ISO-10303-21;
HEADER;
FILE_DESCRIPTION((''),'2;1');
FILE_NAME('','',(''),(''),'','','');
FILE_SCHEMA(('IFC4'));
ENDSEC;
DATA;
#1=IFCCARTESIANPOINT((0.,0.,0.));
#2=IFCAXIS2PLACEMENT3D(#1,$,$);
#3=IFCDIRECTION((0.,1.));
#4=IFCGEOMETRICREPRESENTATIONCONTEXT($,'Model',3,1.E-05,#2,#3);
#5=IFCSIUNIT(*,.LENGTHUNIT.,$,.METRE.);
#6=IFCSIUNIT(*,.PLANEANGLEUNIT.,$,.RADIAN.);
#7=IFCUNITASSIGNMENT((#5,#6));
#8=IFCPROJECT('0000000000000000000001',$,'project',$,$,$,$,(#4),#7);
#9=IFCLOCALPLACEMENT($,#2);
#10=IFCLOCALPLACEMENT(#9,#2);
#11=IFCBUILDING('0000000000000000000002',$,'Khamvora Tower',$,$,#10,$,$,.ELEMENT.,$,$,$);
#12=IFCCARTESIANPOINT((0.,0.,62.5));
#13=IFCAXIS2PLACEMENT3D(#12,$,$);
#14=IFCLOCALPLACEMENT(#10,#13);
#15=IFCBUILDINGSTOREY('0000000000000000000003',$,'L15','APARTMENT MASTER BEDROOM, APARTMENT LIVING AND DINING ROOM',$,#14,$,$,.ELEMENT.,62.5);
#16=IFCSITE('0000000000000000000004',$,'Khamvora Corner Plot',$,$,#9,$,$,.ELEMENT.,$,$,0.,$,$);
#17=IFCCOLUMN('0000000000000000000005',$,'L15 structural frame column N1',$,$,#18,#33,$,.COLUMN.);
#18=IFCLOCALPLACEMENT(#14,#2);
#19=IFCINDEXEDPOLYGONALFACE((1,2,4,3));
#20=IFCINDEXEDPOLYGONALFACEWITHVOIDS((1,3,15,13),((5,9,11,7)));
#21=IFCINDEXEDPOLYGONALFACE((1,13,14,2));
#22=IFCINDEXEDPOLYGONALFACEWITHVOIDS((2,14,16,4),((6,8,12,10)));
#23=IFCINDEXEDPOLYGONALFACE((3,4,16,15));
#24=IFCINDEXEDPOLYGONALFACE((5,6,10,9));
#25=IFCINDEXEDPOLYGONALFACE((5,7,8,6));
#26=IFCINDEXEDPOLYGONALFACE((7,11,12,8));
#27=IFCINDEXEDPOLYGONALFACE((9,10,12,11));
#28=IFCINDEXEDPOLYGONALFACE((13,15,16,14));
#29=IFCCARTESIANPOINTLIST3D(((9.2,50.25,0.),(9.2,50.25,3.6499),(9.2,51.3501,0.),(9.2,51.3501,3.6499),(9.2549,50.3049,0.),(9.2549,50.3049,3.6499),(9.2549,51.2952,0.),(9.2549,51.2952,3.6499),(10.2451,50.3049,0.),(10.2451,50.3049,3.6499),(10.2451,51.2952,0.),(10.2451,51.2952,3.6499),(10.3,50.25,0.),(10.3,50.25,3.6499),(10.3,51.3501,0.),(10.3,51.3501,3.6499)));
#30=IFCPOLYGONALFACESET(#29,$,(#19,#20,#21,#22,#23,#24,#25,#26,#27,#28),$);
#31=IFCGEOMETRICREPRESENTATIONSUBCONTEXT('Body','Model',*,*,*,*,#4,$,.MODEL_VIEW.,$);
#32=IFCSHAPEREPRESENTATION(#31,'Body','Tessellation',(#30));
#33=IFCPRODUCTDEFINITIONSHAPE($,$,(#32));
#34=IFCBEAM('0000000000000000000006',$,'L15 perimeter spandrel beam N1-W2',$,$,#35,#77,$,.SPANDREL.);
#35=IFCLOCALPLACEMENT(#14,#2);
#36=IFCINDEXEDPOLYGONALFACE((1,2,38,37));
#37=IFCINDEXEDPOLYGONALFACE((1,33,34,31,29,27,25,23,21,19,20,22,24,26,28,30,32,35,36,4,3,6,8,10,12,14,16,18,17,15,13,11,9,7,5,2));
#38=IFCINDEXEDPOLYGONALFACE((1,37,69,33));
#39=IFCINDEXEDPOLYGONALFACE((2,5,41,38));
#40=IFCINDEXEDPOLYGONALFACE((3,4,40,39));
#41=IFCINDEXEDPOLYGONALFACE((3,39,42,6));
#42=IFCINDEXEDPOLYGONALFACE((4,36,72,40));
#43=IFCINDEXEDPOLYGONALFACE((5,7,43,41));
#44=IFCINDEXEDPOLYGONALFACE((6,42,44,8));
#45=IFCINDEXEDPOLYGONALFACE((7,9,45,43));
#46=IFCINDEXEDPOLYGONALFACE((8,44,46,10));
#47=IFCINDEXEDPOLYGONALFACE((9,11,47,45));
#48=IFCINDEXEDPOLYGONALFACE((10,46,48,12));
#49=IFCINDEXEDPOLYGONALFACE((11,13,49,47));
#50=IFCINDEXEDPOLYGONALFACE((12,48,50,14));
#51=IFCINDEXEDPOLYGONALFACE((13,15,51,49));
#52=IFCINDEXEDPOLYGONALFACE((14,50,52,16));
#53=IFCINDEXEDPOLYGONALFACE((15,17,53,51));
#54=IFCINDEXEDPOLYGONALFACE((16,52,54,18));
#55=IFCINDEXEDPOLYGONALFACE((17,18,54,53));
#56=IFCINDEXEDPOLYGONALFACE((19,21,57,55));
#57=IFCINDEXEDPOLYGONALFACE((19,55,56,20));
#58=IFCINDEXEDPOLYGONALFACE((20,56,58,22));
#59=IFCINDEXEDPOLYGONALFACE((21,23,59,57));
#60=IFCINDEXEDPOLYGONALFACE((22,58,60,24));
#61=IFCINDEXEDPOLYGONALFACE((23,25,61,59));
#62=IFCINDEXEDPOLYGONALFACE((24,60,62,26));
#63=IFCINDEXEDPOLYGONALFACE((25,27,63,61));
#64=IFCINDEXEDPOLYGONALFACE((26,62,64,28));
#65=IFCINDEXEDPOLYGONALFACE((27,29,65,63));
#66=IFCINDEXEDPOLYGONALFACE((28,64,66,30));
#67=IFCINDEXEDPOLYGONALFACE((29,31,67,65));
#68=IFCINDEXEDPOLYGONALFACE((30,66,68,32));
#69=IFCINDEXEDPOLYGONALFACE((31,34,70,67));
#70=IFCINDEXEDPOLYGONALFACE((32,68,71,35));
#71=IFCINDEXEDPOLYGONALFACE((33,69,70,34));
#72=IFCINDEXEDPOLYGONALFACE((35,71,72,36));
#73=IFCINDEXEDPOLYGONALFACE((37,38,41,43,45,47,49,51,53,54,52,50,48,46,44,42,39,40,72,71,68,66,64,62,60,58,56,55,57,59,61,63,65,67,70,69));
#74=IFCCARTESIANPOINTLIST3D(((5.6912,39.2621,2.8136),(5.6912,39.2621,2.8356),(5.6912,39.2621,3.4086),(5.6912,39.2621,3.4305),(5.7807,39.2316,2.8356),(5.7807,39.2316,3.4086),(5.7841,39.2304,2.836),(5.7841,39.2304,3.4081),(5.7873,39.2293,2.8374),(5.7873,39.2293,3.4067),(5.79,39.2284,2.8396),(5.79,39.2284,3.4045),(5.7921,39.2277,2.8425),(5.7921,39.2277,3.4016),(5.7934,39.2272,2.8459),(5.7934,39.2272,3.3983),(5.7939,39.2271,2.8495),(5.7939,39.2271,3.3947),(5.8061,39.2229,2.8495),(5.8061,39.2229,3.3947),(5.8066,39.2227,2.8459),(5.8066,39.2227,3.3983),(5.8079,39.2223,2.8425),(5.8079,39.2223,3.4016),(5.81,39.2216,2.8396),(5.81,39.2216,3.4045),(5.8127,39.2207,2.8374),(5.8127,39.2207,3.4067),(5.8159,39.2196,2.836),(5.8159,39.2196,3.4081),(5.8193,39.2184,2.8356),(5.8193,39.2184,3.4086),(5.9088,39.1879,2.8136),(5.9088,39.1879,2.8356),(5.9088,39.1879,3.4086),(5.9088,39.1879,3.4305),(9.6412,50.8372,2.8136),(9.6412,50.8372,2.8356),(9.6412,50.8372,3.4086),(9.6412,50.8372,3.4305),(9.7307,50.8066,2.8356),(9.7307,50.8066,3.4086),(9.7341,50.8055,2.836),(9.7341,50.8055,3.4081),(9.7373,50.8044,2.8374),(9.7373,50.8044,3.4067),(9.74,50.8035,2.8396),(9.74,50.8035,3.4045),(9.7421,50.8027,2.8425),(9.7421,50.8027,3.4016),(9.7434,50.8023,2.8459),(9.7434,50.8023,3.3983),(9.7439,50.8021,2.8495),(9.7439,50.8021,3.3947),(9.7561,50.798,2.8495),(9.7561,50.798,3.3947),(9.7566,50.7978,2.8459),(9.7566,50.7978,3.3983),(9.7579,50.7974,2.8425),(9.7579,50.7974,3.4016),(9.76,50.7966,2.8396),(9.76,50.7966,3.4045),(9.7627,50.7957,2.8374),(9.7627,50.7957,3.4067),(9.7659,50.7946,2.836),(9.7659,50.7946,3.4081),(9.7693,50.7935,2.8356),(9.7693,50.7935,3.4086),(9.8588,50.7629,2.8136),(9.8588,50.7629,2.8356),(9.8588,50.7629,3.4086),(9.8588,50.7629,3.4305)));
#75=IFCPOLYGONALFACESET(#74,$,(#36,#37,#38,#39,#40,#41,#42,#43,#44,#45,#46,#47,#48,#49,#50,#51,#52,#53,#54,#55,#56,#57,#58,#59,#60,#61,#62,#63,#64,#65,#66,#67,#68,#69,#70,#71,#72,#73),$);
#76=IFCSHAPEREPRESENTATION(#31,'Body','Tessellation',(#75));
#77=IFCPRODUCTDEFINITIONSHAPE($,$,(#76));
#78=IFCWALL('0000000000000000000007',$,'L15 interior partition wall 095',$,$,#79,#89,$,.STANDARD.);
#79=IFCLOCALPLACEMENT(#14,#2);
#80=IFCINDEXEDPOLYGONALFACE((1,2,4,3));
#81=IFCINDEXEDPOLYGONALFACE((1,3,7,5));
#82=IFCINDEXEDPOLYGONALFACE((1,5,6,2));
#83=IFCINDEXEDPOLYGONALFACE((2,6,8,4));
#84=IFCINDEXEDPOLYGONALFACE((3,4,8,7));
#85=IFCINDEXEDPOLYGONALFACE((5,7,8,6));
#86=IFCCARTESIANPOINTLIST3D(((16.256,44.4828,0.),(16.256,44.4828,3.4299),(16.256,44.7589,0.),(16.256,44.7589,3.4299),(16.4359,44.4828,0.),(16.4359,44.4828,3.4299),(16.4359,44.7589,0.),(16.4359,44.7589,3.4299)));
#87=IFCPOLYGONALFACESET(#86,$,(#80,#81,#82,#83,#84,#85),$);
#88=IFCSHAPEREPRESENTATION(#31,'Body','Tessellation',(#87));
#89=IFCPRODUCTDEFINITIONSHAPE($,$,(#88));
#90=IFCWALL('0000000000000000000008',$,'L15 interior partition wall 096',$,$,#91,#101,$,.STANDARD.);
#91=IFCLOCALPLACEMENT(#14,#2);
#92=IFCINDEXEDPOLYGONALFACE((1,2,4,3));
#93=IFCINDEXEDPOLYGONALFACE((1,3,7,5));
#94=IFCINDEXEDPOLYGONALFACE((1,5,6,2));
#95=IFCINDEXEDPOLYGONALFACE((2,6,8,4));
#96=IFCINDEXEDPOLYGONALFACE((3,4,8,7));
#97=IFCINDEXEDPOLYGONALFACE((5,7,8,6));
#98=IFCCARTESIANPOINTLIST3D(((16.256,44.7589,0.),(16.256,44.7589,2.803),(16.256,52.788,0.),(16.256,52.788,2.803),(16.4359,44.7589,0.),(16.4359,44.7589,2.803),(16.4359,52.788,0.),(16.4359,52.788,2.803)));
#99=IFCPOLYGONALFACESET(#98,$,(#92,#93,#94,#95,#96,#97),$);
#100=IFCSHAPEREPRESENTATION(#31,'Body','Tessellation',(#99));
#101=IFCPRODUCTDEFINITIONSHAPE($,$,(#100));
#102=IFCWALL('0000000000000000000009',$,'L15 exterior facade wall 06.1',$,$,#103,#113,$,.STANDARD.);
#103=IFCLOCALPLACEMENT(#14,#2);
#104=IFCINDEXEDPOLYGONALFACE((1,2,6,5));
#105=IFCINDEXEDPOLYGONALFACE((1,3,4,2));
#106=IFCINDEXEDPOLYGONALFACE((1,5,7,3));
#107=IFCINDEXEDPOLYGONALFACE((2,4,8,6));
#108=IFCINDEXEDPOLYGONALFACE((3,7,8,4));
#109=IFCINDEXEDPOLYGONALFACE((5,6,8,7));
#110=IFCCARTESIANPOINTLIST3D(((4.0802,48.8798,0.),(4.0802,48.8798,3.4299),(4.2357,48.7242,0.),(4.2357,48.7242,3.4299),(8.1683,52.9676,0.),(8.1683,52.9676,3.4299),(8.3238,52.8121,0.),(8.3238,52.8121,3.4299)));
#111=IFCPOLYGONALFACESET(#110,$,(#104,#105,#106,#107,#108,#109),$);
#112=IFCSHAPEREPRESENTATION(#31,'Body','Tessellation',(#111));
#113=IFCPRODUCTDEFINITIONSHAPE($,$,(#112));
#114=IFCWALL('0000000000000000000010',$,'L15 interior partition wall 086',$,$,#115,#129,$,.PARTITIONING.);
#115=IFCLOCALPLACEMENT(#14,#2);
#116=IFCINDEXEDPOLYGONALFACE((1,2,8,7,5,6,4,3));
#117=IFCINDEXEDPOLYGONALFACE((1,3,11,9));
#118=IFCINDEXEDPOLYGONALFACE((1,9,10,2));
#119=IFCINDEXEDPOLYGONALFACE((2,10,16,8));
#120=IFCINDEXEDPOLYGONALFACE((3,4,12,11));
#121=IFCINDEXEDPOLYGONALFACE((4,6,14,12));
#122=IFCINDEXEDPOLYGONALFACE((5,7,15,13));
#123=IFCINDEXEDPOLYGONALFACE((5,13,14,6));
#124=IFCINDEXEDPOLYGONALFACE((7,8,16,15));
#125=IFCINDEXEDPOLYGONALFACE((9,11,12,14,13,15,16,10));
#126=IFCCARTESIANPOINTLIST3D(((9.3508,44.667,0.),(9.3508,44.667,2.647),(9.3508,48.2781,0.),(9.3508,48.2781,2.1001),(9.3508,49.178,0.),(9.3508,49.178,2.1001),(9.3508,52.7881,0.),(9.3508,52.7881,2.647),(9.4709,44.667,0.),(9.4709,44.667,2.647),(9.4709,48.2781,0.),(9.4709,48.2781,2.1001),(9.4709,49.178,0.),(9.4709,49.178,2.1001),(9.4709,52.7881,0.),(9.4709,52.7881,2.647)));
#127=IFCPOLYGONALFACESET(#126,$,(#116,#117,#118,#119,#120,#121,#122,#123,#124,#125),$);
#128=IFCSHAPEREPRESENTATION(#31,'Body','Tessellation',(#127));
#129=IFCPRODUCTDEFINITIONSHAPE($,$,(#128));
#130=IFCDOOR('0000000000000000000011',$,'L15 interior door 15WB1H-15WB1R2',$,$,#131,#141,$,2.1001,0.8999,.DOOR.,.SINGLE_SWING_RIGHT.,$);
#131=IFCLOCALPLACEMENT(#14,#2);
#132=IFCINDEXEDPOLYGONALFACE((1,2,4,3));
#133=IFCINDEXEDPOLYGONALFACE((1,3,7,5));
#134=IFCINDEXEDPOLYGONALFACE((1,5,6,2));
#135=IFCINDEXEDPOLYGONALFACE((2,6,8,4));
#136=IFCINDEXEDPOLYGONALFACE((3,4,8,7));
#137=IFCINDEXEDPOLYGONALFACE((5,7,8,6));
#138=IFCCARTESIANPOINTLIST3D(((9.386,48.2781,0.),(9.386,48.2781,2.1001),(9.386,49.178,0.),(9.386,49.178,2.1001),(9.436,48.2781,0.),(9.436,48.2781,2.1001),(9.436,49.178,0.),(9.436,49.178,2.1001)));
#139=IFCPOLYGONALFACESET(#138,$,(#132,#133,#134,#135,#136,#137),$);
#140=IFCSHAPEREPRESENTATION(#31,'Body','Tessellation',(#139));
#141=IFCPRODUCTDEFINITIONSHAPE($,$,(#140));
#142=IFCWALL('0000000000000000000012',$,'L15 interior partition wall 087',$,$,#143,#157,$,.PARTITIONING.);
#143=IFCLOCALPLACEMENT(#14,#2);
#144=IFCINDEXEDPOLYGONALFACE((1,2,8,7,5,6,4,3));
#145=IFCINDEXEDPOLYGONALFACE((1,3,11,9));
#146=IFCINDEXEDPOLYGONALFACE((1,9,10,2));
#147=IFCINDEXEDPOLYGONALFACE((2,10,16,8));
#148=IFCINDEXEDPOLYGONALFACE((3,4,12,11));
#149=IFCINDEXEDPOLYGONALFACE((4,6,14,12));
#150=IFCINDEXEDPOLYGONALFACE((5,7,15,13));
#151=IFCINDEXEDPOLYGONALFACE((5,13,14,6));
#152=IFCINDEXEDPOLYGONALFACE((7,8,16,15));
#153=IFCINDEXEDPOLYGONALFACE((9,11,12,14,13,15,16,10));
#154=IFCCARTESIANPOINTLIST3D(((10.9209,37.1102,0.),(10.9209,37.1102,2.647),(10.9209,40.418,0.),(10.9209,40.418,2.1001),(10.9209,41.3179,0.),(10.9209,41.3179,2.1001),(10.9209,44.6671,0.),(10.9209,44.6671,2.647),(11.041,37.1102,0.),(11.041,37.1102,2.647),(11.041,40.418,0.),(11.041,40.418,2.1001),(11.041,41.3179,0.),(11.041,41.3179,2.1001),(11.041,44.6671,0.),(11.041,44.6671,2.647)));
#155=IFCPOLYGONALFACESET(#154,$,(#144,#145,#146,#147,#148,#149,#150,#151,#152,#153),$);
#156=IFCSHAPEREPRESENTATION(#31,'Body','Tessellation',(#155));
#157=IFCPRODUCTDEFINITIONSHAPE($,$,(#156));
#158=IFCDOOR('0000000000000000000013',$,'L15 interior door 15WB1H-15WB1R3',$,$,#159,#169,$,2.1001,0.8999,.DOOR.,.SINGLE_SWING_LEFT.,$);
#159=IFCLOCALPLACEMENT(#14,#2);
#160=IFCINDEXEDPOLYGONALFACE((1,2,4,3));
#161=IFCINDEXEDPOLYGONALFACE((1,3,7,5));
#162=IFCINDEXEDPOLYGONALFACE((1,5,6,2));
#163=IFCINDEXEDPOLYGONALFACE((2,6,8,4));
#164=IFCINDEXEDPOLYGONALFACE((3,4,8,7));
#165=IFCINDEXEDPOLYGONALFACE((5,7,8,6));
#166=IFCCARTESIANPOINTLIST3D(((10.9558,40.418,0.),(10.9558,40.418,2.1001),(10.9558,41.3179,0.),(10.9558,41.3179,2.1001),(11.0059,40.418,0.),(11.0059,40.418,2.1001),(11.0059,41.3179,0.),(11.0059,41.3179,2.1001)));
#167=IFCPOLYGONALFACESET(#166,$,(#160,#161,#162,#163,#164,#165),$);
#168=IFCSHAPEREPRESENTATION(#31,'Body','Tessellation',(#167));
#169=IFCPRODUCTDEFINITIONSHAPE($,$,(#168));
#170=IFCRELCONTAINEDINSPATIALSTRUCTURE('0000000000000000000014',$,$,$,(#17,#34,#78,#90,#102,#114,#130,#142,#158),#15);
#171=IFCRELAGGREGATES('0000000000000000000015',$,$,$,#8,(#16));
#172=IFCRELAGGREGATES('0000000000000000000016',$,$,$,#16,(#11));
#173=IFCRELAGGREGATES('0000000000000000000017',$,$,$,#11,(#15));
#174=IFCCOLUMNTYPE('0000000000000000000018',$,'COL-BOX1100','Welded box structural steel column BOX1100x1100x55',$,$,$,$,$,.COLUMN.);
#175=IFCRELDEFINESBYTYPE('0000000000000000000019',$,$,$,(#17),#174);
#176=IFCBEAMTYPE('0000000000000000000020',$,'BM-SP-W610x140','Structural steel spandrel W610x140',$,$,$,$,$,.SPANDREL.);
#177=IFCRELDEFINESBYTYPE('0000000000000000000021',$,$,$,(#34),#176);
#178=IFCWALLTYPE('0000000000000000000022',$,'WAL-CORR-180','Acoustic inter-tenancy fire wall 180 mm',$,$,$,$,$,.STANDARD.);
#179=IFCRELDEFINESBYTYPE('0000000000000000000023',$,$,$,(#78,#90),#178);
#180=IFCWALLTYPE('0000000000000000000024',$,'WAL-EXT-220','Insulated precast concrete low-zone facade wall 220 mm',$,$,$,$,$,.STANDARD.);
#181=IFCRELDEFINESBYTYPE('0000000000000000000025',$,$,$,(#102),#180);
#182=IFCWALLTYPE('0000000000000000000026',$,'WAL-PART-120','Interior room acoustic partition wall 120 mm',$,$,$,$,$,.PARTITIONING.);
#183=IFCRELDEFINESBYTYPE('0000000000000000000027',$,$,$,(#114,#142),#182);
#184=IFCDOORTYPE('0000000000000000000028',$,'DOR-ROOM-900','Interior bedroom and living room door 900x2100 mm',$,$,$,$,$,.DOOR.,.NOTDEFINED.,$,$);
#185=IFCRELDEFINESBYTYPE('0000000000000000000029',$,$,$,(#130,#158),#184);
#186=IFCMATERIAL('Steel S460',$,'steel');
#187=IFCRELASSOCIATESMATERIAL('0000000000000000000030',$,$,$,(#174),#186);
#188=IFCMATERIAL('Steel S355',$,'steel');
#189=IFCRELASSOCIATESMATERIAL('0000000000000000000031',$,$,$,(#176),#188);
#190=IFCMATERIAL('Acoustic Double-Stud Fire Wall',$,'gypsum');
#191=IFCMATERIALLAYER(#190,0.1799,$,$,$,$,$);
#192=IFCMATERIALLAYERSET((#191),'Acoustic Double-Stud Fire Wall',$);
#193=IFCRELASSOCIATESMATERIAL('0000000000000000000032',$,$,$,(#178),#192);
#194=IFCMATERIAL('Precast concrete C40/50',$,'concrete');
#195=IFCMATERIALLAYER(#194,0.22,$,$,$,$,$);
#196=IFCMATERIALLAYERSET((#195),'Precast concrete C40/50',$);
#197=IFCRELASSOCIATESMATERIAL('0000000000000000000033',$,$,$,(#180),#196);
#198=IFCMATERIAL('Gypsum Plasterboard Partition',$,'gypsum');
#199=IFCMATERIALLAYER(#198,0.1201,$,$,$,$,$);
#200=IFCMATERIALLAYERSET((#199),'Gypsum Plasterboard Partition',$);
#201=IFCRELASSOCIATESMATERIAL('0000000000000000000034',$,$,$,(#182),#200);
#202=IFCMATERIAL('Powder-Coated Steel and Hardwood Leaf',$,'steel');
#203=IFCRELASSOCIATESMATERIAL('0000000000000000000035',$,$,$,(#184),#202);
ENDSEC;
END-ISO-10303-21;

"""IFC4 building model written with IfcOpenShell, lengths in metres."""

from ifc_helpers import new_model, si_unit, direction, frame, frame_2d, origin, origin_2d, place, context, subcontext, project, spatial, rectangle, hollow_rectangle, i_section, extrude, material, layer, layer_set, material_profile, profile_set, type_object, element, fill, save


model = new_model("IFC4")

# Units and contexts
model_context = context("Model", 3, precision=1e-05, world=origin(), true_north=direction((0.0, 1.0)))
body_context = subcontext(model_context, "Body", "Model", "MODEL_VIEW")
ifc_project = project(units=[si_unit("LENGTHUNIT", "METRE"), si_unit("PLANEANGLEUNIT", "RADIAN")], contexts=[model_context])

# Site, building, storey
site_placement = place(None, origin())
site = spatial("IfcSite", under=ifc_project, at=site_placement, Name="Khamvora Corner Plot", CompositionType="ELEMENT", RefElevation=0.0)
building_placement = place(site_placement, origin())
building = spatial("IfcBuilding", under=site, at=building_placement, Name="Khamvora Tower", CompositionType="ELEMENT")
storey_placement = place(building_placement, frame((0.0, 0.0, 62.5)))
storey = spatial("IfcBuildingStorey", under=building, at=storey_placement, Name="L15", Description="APARTMENT MASTER BEDROOM, APARTMENT LIVING AND DINING ROOM", CompositionType="ELEMENT", Elevation=62.5)

# Column
ifc_material_1 = material(Name="Steel S460", Category="steel")
ifc_material_profile_1 = material_profile(ifc_material_1, hollow_rectangle(XDim=1.1001, YDim=1.1001, WallThickness=0.0549, at=origin_2d()), Name="BOX1100x1100x55")
ifc_profile_set_1 = profile_set([ifc_material_profile_1], Name="Steel S460")
column_type = type_object("IfcColumnType", Name="COL-BOX1100", Description="Welded box structural steel column BOX1100x1100x55", PredefinedType="COLUMN", material=ifc_profile_set_1)
column_placement = place(storey_placement, frame((9.75, 50.8, 0.0), z_axis=(0.0, 0.0, 1.0), x_axis=(1.0, 0.0, 0.0)))
element("IfcColumn", 1, at=column_placement, inside=storey, type_object=column_type, Name="L15 structural frame column N1", PredefinedType="COLUMN", context=body_context, shape_type="SweptSolid", body=[
    extrude(hollow_rectangle(XDim=1.1001, YDim=1.1001, WallThickness=0.0549, at=origin_2d()), origin(), (0.0, 0.0, 1.0), 3.6499),
])

# Beam
ifc_material_2 = material(Name="Steel S355", Category="steel")
ifc_material_profile_2 = material_profile(ifc_material_2, i_section(OverallWidth=0.23, OverallDepth=0.6169, WebThickness=0.0129, FlangeThickness=0.022, FilletRadius=0.0139, at=origin_2d()), Name="W610x140")
ifc_profile_set_2 = profile_set([ifc_material_profile_2], Name="Steel S355")
beam_type = type_object("IfcBeamType", Name="BM-SP-W610x140", Description="Structural steel spandrel W610x140", PredefinedType="SPANDREL", material=ifc_profile_set_2)
beam_placement = place(storey_placement, frame((9.75, 50.8, 3.1221), z_axis=(-0.322963, -0.946412, 0.0), x_axis=(0.946412, -0.322963, 0.0)))
element("IfcBeam", 2, at=beam_placement, inside=storey, type_object=beam_type, Name="L15 perimeter spandrel beam N1-W2", PredefinedType="SPANDREL", context=body_context, shape_type="SweptSolid", body=[
    extrude(i_section(OverallWidth=0.23, OverallDepth=0.6169, WebThickness=0.0129, FlangeThickness=0.022, FilletRadius=0.0139, at=origin_2d()), origin(), (0.0, 0.0, 1.0), 12.2305),
])

# Walls
ifc_material_3 = material(Name="Acoustic Double-Stud Fire Wall", Category="gypsum")
ifc_layer_1 = layer(ifc_material_3, 0.1799)
ifc_layer_set_1 = layer_set([ifc_layer_1], Name="Acoustic Double-Stud Fire Wall")
wall_type_1 = type_object("IfcWallType", Name="WAL-CORR-180", Description="Acoustic inter-tenancy fire wall 180 mm", PredefinedType="STANDARD", material=ifc_layer_set_1)
wall_1_placement = place(storey_placement, frame((16.3459, 44.759, 0.0), z_axis=(0.0, 0.0, 1.0), x_axis=(0.0, -1.0, 0.0)))
element("IfcWall", 3, at=wall_1_placement, inside=storey, type_object=wall_type_1, Name="L15 interior partition wall 095", PredefinedType="STANDARD", context=body_context, shape_type="SweptSolid", body=[
    extrude(rectangle(XDim=0.2761, YDim=0.1799, at=frame_2d((0.1382, 0.0))), origin(), (0.0, 0.0, 1.0), 3.4299),
])
wall_2_placement = place(storey_placement, frame((16.3459, 52.7881, 0.0), z_axis=(0.0, 0.0, 1.0), x_axis=(0.0, -1.0, 0.0)))
element("IfcWall", 4, at=wall_2_placement, inside=storey, type_object=wall_type_1, Name="L15 interior partition wall 096", PredefinedType="STANDARD", context=body_context, shape_type="SweptSolid", body=[
    extrude(rectangle(XDim=8.0291, YDim=0.1799, at=frame_2d((4.0146, 0.0))), origin(), (0.0, 0.0, 1.0), 2.803),
])
ifc_material_4 = material(Name="Precast concrete C40/50", Category="concrete")
ifc_layer_2 = layer(ifc_material_4, 0.22)
ifc_layer_set_2 = layer_set([ifc_layer_2], Name="Precast concrete C40/50")
wall_type_2 = type_object("IfcWallType", Name="WAL-EXT-220", Description="Insulated precast concrete low-zone facade wall 220 mm", PredefinedType="STANDARD", material=ifc_layer_set_2)
wall_3_placement = place(storey_placement, frame((4.158, 48.802, 0.0), z_axis=(0.0, 0.0, 1.0), x_axis=(0.707128, 0.707086, 0.0)))
element("IfcWall", 5, at=wall_3_placement, inside=storey, type_object=wall_type_2, Name="L15 exterior facade wall 06.1", PredefinedType="STANDARD", context=body_context, shape_type="SweptSolid", body=[
    extrude(rectangle(XDim=5.7812, YDim=0.22, at=frame_2d((2.8906, 0.0))), origin(), (0.0, 0.0, 1.0), 3.4299),
])

# Walls, openings, doors
ifc_material_5 = material(Name="Gypsum Plasterboard Partition", Category="gypsum")
ifc_layer_3 = layer(ifc_material_5, 0.1201)
ifc_layer_set_3 = layer_set([ifc_layer_3], Name="Gypsum Plasterboard Partition")
wall_type_3 = type_object("IfcWallType", Name="WAL-PART-120", Description="Interior room acoustic partition wall 120 mm", PredefinedType="PARTITIONING", material=ifc_layer_set_3)
wall_4_placement = place(storey_placement, frame((9.4109, 44.667, 0.0), z_axis=(0.0, 0.0, 1.0), x_axis=(0.0, 1.0, 0.0)))
wall_4 = element("IfcWall", 6, at=wall_4_placement, inside=storey, type_object=wall_type_3, Name="L15 interior partition wall 086", PredefinedType="PARTITIONING", context=body_context, shape_type="SweptSolid", body=[
    extrude(rectangle(XDim=8.1211, YDim=0.1201, at=frame_2d((4.0605, 0.0))), origin(), (0.0, 0.0, 1.0), 2.647),
])
opening_1_placement = place(wall_4_placement, frame((3.6111, 0.0, 0.0)))
opening_1 = element("IfcOpeningElement", 7, at=opening_1_placement, cuts=wall_4, PredefinedType="OPENING", context=body_context, shape_type="SweptSolid", body=[
    extrude(rectangle(XDim=0.8999, YDim=2.1001, at=frame_2d((0.45, 1.05))), frame((0.0, 0.0701, 0.0), z_axis=(0.0, -1.0, 0.0), x_axis=(1.0, 0.0, 0.0)), (0.0, 0.0, 1.0), 0.1401),
])
ifc_material_6 = material(Name="Powder-Coated Steel and Hardwood Leaf", Category="steel")
door_type = type_object("IfcDoorType", Name="DOR-ROOM-900", Description="Interior bedroom and living room door 900x2100 mm", OperationType="NOTDEFINED", PredefinedType="DOOR", material=ifc_material_6)
door_1_placement = place(opening_1_placement, origin())
door_1 = element("IfcDoor", 8, at=door_1_placement, inside=storey, type_object=door_type, Name="L15 interior door 15WB1H-15WB1R2", OperationType="SINGLE_SWING_RIGHT", OverallHeight=2.1001, OverallWidth=0.8999, PredefinedType="DOOR", context=body_context, shape_type="SweptSolid", body=[
    extrude(rectangle(XDim=0.8999, YDim=2.1001, at=frame_2d((0.45, 1.05))), frame((0.0, 0.0249, 0.0), z_axis=(0.0, -1.0, 0.0), x_axis=(1.0, 0.0, 0.0)), (0.0, 0.0, 1.0), 0.05),
])
fill(opening_1, door_1)
wall_5_placement = place(storey_placement, frame((10.981, 44.667, 0.0), z_axis=(0.0, 0.0, 1.0), x_axis=(0.0, -1.0, 0.0)))
wall_5 = element("IfcWall", 9, at=wall_5_placement, inside=storey, type_object=wall_type_3, Name="L15 interior partition wall 087", PredefinedType="PARTITIONING", context=body_context, shape_type="SweptSolid", body=[
    extrude(rectangle(XDim=7.5569, YDim=0.1201, at=frame_2d((3.7783, 0.0))), origin(), (0.0, 0.0, 1.0), 2.647),
])
opening_2_placement = place(wall_5_placement, frame((3.3491, 0.0, 0.0)))
opening_2 = element("IfcOpeningElement", 10, at=opening_2_placement, cuts=wall_5, PredefinedType="OPENING", context=body_context, shape_type="SweptSolid", body=[
    extrude(rectangle(XDim=0.8999, YDim=2.1001, at=frame_2d((0.45, 1.05))), frame((0.0, 0.0701, 0.0), z_axis=(0.0, -1.0, 0.0), x_axis=(1.0, 0.0, 0.0)), (0.0, 0.0, 1.0), 0.1401),
])
door_2_placement = place(opening_2_placement, origin())
door_2 = element("IfcDoor", 11, at=door_2_placement, inside=storey, type_object=door_type, Name="L15 interior door 15WB1H-15WB1R3", OperationType="SINGLE_SWING_LEFT", OverallHeight=2.1001, OverallWidth=0.8999, PredefinedType="DOOR", context=body_context, shape_type="SweptSolid", body=[
    extrude(rectangle(XDim=0.8999, YDim=2.1001, at=frame_2d((0.45, 1.05))), frame((0.0, 0.0249, 0.0), z_axis=(0.0, -1.0, 0.0), x_axis=(1.0, 0.0, 0.0)), (0.0, 0.0, 1.0), 0.05),
])
fill(opening_2, door_2)

save(model, "model.ifc")
